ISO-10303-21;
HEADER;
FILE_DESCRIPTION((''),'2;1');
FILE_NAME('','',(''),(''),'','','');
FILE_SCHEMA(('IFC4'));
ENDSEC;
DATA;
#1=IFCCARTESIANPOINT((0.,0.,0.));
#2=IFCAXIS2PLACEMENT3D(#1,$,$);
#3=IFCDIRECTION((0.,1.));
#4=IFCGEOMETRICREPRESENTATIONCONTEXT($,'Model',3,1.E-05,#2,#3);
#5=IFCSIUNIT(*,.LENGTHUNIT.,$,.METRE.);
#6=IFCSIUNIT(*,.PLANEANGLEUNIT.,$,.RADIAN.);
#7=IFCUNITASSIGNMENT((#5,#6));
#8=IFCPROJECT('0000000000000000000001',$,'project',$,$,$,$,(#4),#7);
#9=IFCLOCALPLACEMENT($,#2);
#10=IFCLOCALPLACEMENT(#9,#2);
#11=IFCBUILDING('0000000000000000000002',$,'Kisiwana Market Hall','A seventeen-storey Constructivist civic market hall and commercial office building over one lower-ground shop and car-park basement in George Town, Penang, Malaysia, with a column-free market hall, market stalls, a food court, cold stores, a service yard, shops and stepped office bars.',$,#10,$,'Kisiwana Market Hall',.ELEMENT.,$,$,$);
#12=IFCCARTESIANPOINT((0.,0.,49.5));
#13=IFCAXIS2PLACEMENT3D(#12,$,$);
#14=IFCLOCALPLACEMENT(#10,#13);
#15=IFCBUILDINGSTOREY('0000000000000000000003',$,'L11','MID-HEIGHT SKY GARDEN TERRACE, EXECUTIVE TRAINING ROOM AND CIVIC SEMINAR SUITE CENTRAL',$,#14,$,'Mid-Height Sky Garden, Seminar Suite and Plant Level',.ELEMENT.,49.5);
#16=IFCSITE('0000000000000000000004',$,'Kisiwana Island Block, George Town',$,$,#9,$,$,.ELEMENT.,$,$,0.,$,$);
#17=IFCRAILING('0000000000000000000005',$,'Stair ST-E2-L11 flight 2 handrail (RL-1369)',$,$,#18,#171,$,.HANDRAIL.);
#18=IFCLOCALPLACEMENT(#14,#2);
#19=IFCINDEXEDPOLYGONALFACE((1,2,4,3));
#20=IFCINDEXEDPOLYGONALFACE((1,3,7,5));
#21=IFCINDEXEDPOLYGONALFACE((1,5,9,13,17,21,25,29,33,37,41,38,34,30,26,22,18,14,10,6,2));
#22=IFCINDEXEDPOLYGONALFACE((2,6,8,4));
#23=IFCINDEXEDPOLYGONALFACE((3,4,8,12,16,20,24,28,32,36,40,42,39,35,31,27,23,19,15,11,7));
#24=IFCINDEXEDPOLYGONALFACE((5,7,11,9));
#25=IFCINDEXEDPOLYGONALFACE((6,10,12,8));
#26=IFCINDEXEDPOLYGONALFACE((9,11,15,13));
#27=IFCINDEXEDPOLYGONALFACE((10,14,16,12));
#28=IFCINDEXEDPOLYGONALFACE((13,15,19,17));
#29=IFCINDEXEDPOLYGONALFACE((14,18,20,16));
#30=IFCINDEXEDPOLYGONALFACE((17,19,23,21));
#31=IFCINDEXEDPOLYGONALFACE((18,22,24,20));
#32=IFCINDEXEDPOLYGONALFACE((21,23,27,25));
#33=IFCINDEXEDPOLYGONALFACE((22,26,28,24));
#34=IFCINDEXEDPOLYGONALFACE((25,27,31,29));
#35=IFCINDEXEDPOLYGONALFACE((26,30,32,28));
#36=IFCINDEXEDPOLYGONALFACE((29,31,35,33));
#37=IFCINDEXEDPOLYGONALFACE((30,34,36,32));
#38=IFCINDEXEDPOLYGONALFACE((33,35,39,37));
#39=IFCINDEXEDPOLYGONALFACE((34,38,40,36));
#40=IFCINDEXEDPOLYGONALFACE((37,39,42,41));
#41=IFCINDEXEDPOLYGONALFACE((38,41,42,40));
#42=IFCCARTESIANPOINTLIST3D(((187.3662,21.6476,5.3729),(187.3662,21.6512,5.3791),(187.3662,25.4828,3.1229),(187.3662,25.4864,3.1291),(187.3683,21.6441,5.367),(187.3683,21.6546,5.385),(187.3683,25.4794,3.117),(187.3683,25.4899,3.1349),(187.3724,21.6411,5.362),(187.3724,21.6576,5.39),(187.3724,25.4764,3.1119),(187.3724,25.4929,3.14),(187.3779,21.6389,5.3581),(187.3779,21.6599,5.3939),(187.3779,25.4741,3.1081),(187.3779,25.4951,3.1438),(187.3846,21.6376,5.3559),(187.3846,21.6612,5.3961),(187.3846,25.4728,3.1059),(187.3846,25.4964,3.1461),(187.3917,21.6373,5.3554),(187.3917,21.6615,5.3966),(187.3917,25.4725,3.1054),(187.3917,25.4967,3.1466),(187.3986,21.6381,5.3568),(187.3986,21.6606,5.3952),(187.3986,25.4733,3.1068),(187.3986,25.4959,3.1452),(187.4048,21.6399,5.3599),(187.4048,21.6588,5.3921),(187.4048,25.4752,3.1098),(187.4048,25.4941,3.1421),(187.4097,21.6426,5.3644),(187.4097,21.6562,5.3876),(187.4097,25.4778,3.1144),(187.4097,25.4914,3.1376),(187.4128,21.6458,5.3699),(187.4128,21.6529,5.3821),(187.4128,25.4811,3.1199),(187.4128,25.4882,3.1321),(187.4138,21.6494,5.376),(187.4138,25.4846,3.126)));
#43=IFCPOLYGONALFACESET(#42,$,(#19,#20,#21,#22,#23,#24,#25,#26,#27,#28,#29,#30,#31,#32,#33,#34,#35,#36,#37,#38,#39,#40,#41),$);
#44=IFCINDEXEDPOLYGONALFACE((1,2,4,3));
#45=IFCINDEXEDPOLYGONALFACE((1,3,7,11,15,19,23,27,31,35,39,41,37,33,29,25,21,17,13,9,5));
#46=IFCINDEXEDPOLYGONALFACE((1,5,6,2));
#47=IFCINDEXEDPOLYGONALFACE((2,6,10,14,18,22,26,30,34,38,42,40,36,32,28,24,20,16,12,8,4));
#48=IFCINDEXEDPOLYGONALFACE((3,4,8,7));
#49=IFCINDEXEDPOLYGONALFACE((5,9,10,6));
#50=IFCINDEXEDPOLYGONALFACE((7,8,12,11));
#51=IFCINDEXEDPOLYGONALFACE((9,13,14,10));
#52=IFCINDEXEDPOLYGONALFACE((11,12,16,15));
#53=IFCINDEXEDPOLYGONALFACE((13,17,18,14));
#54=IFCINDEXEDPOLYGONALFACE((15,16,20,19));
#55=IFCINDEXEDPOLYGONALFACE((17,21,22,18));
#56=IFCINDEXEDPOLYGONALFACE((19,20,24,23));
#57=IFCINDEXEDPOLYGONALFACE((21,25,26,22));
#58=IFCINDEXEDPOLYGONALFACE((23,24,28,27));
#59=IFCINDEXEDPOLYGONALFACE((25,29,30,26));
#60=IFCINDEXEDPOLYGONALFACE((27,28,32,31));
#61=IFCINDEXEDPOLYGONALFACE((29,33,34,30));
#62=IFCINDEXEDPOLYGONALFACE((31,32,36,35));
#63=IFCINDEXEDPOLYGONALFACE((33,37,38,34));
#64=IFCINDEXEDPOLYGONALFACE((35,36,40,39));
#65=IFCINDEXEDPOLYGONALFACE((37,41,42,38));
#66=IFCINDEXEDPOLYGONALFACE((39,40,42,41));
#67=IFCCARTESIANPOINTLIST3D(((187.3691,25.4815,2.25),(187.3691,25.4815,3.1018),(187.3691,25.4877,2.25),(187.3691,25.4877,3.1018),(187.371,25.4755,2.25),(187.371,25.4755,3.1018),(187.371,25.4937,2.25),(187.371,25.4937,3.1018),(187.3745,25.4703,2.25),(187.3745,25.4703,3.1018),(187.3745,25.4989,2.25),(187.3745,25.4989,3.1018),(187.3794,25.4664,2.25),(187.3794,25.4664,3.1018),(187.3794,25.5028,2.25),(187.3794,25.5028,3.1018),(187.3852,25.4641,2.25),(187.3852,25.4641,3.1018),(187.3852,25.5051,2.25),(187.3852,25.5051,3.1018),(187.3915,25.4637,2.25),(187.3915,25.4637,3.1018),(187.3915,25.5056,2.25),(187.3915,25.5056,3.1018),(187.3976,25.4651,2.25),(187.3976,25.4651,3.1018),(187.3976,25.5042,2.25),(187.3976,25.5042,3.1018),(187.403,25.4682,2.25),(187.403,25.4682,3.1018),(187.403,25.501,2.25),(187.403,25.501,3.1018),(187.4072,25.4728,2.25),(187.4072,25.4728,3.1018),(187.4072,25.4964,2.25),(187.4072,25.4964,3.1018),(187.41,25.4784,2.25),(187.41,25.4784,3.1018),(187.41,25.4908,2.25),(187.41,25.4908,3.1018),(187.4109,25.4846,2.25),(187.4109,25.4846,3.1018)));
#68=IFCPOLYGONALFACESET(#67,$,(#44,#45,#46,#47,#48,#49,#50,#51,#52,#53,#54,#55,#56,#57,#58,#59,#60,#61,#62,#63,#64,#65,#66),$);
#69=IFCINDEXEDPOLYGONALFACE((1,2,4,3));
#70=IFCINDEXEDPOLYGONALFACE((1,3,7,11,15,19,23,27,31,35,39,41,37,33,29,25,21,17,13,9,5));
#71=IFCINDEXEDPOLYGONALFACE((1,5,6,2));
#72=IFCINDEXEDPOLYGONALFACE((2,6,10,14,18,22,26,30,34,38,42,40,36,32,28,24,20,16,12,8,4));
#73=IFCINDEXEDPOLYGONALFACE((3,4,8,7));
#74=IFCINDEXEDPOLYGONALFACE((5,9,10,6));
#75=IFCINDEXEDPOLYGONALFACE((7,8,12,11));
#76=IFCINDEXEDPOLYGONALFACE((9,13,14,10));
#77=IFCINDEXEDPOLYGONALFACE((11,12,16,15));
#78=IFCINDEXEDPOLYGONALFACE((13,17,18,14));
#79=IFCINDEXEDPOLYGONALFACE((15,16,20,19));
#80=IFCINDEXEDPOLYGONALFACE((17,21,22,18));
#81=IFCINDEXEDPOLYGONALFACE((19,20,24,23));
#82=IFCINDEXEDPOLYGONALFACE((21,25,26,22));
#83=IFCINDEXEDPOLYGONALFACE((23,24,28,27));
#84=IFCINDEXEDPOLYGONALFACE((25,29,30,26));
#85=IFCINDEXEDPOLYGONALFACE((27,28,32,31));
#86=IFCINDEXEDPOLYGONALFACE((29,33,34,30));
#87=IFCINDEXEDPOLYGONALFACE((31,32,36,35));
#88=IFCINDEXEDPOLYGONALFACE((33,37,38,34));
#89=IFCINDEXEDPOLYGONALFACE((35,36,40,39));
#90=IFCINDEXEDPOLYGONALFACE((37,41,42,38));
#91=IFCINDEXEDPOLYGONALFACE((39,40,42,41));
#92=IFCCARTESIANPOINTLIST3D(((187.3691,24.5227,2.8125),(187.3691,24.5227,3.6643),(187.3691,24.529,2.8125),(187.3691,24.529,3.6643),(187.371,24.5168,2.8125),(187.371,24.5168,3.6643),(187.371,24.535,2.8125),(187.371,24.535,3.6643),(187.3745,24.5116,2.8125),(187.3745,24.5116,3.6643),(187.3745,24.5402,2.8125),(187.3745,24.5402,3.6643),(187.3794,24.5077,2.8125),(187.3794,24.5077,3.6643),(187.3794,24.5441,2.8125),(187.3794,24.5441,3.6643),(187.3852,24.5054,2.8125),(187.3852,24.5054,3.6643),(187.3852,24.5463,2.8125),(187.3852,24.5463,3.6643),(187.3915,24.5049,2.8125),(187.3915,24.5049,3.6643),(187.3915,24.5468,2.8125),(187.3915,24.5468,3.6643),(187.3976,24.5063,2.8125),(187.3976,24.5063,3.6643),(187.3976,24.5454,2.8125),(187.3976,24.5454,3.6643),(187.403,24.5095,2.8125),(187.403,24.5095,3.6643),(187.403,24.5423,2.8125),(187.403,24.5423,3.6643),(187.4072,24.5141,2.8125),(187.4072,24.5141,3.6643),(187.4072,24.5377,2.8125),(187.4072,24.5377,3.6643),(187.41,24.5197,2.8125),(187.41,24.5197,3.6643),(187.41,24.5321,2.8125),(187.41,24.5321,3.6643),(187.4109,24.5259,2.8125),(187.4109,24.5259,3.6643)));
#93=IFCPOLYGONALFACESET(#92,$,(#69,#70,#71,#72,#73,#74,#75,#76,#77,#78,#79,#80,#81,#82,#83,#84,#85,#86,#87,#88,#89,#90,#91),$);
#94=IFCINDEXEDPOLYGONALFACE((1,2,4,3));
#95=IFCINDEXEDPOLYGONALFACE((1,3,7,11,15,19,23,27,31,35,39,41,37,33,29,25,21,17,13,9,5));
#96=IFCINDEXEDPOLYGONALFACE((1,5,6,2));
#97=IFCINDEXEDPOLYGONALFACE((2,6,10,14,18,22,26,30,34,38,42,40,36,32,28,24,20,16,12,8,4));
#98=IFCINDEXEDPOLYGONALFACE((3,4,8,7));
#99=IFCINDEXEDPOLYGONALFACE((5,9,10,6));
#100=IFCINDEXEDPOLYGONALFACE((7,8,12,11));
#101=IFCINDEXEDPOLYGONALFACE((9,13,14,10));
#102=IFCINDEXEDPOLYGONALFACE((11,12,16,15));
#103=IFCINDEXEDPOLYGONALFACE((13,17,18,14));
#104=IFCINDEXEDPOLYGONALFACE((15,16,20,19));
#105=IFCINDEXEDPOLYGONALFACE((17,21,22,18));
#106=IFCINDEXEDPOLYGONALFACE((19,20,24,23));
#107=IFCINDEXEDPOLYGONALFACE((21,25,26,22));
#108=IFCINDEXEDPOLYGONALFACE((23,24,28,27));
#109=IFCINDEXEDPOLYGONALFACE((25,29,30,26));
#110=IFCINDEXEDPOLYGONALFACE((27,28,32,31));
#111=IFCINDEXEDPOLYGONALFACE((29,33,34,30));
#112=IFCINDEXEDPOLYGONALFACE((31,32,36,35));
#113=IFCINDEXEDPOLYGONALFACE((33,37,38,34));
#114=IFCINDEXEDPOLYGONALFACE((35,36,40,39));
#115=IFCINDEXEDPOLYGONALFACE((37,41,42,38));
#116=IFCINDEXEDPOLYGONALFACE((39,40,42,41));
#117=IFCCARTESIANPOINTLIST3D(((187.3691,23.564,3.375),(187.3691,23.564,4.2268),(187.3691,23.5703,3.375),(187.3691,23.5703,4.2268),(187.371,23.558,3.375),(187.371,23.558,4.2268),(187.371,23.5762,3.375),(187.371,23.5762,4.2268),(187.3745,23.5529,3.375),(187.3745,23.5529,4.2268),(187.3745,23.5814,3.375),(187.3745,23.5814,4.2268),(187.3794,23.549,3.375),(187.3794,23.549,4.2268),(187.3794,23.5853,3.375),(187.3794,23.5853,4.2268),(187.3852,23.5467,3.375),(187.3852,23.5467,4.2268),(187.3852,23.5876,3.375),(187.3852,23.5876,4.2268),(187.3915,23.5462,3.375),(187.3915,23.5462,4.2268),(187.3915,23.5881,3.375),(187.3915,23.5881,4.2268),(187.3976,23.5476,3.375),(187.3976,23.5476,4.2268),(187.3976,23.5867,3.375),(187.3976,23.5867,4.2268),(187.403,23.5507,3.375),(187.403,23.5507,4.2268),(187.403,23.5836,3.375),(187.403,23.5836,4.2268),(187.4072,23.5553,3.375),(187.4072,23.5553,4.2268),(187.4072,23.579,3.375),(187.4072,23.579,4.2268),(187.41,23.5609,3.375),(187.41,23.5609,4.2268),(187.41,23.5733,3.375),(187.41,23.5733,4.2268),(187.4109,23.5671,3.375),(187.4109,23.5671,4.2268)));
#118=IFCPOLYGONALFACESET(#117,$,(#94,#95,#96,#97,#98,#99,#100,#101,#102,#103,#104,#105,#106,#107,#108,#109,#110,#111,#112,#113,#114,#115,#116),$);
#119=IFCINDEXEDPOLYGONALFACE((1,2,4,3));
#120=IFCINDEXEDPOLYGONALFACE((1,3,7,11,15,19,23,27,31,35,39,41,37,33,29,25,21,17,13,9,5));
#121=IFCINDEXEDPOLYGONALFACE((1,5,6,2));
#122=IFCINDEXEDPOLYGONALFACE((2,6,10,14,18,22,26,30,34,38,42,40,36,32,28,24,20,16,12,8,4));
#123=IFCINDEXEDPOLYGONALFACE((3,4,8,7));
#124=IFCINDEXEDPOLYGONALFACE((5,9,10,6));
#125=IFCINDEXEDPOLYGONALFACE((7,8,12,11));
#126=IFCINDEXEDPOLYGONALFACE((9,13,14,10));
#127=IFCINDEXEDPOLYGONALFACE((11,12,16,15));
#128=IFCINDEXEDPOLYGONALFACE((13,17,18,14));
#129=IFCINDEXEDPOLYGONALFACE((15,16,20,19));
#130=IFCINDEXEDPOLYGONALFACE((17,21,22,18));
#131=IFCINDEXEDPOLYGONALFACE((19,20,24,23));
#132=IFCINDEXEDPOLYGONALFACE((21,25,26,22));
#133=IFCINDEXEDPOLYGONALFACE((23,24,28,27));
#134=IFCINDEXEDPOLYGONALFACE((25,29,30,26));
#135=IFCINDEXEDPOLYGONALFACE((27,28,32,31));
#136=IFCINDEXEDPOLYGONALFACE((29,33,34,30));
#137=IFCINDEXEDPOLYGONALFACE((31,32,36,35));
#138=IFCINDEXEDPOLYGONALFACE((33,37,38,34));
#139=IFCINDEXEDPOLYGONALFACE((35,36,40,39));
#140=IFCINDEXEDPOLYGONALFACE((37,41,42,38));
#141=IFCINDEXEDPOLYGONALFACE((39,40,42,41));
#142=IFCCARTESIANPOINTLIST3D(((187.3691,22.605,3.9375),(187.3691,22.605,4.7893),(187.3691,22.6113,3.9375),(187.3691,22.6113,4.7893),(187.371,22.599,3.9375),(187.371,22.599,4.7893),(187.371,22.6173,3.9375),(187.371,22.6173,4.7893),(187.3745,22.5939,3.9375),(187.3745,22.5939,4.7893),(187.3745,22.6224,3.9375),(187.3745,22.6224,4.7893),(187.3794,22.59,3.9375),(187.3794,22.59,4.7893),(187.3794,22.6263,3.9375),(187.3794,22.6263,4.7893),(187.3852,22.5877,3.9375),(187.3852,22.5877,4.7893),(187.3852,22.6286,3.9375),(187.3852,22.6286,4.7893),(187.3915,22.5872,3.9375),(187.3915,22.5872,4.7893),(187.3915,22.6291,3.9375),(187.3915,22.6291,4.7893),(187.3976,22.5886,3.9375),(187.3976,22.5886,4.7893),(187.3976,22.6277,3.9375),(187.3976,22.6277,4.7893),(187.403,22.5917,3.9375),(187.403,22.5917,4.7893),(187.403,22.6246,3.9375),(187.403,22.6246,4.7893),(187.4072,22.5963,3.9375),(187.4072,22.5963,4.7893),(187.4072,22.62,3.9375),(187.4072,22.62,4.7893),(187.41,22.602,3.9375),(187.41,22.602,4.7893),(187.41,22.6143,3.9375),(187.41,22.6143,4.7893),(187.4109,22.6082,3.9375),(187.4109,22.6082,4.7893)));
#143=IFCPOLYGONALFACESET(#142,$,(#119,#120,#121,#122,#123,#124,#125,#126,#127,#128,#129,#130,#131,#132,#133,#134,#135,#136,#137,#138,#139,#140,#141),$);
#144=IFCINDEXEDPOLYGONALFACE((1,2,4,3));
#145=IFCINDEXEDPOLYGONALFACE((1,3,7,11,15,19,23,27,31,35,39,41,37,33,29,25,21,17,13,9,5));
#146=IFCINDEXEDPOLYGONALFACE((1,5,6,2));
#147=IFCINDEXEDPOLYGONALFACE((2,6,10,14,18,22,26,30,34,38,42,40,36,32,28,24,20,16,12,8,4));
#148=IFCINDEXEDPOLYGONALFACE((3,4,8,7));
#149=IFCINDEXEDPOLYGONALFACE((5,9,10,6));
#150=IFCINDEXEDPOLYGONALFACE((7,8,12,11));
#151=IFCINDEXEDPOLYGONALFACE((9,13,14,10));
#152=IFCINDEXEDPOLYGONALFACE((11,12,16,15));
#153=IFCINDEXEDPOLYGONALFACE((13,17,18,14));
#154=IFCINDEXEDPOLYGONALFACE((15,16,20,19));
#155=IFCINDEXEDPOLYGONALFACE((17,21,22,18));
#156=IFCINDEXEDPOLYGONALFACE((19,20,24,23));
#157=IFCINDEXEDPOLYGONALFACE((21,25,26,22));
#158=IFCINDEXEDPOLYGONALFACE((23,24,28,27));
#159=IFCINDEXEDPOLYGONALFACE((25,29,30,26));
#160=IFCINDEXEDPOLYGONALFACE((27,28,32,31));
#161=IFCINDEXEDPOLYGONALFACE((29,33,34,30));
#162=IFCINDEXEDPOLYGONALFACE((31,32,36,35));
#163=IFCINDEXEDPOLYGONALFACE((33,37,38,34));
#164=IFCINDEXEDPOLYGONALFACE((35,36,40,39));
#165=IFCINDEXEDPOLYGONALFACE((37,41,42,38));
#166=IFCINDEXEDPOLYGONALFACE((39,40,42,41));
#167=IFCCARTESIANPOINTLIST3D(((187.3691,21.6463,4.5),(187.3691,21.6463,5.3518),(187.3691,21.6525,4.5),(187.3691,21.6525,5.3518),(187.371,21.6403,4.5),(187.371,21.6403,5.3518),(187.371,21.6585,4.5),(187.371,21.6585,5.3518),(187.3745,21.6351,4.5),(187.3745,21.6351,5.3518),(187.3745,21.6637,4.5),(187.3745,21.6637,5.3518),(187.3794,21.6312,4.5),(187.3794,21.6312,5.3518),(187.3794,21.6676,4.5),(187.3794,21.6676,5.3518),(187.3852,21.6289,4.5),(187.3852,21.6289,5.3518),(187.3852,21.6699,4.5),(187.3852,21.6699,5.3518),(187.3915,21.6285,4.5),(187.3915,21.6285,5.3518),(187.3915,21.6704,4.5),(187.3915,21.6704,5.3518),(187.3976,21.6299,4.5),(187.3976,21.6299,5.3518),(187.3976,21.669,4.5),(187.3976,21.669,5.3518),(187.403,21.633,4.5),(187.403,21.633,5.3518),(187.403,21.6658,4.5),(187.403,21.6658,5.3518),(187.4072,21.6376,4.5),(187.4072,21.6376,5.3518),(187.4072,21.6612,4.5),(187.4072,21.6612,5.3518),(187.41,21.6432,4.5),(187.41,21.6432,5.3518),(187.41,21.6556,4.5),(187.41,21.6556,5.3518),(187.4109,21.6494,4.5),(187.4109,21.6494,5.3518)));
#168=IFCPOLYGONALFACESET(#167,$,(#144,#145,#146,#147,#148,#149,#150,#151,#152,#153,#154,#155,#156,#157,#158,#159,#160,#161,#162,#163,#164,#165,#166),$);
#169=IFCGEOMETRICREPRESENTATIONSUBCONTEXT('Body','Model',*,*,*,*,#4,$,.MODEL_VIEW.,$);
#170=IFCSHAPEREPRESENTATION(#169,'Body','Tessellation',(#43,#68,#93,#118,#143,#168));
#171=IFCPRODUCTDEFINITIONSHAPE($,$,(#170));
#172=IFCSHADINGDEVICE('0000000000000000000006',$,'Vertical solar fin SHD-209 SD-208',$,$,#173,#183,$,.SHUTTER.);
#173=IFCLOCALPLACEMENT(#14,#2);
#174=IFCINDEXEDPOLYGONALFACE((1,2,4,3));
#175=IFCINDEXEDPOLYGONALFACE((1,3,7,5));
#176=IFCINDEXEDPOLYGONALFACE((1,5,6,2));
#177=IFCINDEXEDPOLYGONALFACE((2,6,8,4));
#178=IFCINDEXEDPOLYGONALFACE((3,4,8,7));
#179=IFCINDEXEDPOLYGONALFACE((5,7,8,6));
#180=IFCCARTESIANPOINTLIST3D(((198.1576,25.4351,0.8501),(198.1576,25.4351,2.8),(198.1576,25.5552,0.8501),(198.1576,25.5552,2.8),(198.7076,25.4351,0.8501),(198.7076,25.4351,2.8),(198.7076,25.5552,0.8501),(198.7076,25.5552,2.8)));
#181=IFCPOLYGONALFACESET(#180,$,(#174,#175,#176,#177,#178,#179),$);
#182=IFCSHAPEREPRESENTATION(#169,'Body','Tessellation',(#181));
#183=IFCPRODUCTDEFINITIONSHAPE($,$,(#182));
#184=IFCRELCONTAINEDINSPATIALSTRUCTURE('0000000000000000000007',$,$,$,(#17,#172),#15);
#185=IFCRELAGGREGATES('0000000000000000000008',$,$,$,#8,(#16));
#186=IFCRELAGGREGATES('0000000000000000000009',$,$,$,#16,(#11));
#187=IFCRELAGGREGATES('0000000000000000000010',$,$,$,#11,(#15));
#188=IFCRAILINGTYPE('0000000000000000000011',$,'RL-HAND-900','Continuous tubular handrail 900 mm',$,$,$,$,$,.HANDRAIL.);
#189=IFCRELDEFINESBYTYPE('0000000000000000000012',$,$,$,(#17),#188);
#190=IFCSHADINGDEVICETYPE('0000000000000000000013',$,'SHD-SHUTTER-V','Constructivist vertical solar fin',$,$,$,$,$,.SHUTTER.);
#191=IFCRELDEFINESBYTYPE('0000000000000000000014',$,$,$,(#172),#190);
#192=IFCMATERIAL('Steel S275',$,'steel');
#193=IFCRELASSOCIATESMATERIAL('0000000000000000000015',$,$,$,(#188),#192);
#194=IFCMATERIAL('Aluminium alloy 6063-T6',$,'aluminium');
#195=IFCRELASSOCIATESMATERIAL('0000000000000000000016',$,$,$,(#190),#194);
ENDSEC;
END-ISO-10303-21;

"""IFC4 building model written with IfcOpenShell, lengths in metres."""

from ifc_helpers import new_model, si_unit, direction, frame, origin, origin_2d, place, context, subcontext, project, spatial, rectangle, circle, extrude, material, type_object, element, save


model = new_model("IFC4")

# Units and contexts
model_context = context("Model", 3, precision=1e-05, world=origin(), true_north=direction((0.0, 1.0)))
body_context = subcontext(model_context, "Body", "Model", "MODEL_VIEW")
ifc_project = project(units=[si_unit("LENGTHUNIT", "METRE"), si_unit("PLANEANGLEUNIT", "RADIAN")], contexts=[model_context])

# Site, building, storey
site_placement = place(None, origin())
site = spatial("IfcSite", under=ifc_project, at=site_placement, Name="Kisiwana Island Block, George Town", CompositionType="ELEMENT", RefElevation=0.0)
building_placement = place(site_placement, origin())
building = spatial("IfcBuilding", under=site, at=building_placement, Name="Kisiwana Market Hall", Description="A seventeen-storey Constructivist civic market hall and commercial office building over one lower-ground shop and car-park basement in George Town, Penang, Malaysia, with a column-free market hall, market stalls, a food court, cold stores, a service yard, shops and stepped office bars.", LongName="Kisiwana Market Hall", CompositionType="ELEMENT")
storey_placement = place(building_placement, frame((0.0, 0.0, 49.5)))
storey = spatial("IfcBuildingStorey", under=building, at=storey_placement, Name="L11", Description="MID-HEIGHT SKY GARDEN TERRACE, EXECUTIVE TRAINING ROOM AND CIVIC SEMINAR SUITE CENTRAL", LongName="Mid-Height Sky Garden, Seminar Suite and Plant Level", CompositionType="ELEMENT", Elevation=49.5)

# Railing
ifc_material_1 = material(Name="Steel S275", Category="steel")
railing_type_1 = type_object("IfcRailingType", Name="RL-HAND-900", Description="Continuous tubular handrail 900 mm", PredefinedType="HANDRAIL", material=ifc_material_1)
railing_1_placement = place(storey_placement, frame((187.3899, 25.4846, 2.25)))
element("IfcRailing", 1, at=railing_1_placement, inside=storey, type_object=railing_type_1, Name="Stair ST-E2-L11 flight 2 handrail (RL-1369)", PredefinedType="HANDRAIL", context=body_context, shape_type="SweptSolid", body=[
    extrude(circle(Radius=0.0239, at=origin_2d()), frame((0.0, 0.0, 0.876), z_axis=(0.0, -0.862524, 0.506017), x_axis=(1.0, 0.0, 0.0)), (0.0, 0.0, 1.0), 4.4465),
    extrude(circle(Radius=0.021, at=origin_2d()), origin(), (0.0, 0.0, 1.0), 0.8518),
    extrude(circle(Radius=0.021, at=origin_2d()), frame((0.0, -0.9587, 0.5625)), (0.0, 0.0, 1.0), 0.8518),
    extrude(circle(Radius=0.021, at=origin_2d()), frame((0.0, -1.9175, 1.125)), (0.0, 0.0, 1.0), 0.8518),
    extrude(circle(Radius=0.021, at=origin_2d()), frame((0.0, -2.8765, 1.6875)), (0.0, 0.0, 1.0), 0.8518),
    extrude(circle(Radius=0.021, at=origin_2d()), frame((0.0, -3.8352, 2.25)), (0.0, 0.0, 1.0), 0.8518),
])

# Shading device
ifc_material_2 = material(Name="Aluminium alloy 6063-T6", Category="aluminium")
shading_device_type = type_object("IfcShadingDeviceType", Name="SHD-SHUTTER-V", Description="Constructivist vertical solar fin", PredefinedType="SHUTTER", material=ifc_material_2)
shading_device_placement = place(storey_placement, frame((198.4326, 25.4951, 0.8501), z_axis=(0.0, 0.0, 1.0), x_axis=(0.0, 1.0, 0.0)))
element("IfcShadingDevice", 2, at=shading_device_placement, inside=storey, type_object=shading_device_type, Name="Vertical solar fin SHD-209 SD-208", PredefinedType="SHUTTER", context=body_context, shape_type="SweptSolid", body=[
    extrude(rectangle(XDim=0.1201, YDim=0.55, at=origin_2d()), origin(), (0.0, 0.0, 1.0), 1.95),
])

save(model, "model.ifc")
